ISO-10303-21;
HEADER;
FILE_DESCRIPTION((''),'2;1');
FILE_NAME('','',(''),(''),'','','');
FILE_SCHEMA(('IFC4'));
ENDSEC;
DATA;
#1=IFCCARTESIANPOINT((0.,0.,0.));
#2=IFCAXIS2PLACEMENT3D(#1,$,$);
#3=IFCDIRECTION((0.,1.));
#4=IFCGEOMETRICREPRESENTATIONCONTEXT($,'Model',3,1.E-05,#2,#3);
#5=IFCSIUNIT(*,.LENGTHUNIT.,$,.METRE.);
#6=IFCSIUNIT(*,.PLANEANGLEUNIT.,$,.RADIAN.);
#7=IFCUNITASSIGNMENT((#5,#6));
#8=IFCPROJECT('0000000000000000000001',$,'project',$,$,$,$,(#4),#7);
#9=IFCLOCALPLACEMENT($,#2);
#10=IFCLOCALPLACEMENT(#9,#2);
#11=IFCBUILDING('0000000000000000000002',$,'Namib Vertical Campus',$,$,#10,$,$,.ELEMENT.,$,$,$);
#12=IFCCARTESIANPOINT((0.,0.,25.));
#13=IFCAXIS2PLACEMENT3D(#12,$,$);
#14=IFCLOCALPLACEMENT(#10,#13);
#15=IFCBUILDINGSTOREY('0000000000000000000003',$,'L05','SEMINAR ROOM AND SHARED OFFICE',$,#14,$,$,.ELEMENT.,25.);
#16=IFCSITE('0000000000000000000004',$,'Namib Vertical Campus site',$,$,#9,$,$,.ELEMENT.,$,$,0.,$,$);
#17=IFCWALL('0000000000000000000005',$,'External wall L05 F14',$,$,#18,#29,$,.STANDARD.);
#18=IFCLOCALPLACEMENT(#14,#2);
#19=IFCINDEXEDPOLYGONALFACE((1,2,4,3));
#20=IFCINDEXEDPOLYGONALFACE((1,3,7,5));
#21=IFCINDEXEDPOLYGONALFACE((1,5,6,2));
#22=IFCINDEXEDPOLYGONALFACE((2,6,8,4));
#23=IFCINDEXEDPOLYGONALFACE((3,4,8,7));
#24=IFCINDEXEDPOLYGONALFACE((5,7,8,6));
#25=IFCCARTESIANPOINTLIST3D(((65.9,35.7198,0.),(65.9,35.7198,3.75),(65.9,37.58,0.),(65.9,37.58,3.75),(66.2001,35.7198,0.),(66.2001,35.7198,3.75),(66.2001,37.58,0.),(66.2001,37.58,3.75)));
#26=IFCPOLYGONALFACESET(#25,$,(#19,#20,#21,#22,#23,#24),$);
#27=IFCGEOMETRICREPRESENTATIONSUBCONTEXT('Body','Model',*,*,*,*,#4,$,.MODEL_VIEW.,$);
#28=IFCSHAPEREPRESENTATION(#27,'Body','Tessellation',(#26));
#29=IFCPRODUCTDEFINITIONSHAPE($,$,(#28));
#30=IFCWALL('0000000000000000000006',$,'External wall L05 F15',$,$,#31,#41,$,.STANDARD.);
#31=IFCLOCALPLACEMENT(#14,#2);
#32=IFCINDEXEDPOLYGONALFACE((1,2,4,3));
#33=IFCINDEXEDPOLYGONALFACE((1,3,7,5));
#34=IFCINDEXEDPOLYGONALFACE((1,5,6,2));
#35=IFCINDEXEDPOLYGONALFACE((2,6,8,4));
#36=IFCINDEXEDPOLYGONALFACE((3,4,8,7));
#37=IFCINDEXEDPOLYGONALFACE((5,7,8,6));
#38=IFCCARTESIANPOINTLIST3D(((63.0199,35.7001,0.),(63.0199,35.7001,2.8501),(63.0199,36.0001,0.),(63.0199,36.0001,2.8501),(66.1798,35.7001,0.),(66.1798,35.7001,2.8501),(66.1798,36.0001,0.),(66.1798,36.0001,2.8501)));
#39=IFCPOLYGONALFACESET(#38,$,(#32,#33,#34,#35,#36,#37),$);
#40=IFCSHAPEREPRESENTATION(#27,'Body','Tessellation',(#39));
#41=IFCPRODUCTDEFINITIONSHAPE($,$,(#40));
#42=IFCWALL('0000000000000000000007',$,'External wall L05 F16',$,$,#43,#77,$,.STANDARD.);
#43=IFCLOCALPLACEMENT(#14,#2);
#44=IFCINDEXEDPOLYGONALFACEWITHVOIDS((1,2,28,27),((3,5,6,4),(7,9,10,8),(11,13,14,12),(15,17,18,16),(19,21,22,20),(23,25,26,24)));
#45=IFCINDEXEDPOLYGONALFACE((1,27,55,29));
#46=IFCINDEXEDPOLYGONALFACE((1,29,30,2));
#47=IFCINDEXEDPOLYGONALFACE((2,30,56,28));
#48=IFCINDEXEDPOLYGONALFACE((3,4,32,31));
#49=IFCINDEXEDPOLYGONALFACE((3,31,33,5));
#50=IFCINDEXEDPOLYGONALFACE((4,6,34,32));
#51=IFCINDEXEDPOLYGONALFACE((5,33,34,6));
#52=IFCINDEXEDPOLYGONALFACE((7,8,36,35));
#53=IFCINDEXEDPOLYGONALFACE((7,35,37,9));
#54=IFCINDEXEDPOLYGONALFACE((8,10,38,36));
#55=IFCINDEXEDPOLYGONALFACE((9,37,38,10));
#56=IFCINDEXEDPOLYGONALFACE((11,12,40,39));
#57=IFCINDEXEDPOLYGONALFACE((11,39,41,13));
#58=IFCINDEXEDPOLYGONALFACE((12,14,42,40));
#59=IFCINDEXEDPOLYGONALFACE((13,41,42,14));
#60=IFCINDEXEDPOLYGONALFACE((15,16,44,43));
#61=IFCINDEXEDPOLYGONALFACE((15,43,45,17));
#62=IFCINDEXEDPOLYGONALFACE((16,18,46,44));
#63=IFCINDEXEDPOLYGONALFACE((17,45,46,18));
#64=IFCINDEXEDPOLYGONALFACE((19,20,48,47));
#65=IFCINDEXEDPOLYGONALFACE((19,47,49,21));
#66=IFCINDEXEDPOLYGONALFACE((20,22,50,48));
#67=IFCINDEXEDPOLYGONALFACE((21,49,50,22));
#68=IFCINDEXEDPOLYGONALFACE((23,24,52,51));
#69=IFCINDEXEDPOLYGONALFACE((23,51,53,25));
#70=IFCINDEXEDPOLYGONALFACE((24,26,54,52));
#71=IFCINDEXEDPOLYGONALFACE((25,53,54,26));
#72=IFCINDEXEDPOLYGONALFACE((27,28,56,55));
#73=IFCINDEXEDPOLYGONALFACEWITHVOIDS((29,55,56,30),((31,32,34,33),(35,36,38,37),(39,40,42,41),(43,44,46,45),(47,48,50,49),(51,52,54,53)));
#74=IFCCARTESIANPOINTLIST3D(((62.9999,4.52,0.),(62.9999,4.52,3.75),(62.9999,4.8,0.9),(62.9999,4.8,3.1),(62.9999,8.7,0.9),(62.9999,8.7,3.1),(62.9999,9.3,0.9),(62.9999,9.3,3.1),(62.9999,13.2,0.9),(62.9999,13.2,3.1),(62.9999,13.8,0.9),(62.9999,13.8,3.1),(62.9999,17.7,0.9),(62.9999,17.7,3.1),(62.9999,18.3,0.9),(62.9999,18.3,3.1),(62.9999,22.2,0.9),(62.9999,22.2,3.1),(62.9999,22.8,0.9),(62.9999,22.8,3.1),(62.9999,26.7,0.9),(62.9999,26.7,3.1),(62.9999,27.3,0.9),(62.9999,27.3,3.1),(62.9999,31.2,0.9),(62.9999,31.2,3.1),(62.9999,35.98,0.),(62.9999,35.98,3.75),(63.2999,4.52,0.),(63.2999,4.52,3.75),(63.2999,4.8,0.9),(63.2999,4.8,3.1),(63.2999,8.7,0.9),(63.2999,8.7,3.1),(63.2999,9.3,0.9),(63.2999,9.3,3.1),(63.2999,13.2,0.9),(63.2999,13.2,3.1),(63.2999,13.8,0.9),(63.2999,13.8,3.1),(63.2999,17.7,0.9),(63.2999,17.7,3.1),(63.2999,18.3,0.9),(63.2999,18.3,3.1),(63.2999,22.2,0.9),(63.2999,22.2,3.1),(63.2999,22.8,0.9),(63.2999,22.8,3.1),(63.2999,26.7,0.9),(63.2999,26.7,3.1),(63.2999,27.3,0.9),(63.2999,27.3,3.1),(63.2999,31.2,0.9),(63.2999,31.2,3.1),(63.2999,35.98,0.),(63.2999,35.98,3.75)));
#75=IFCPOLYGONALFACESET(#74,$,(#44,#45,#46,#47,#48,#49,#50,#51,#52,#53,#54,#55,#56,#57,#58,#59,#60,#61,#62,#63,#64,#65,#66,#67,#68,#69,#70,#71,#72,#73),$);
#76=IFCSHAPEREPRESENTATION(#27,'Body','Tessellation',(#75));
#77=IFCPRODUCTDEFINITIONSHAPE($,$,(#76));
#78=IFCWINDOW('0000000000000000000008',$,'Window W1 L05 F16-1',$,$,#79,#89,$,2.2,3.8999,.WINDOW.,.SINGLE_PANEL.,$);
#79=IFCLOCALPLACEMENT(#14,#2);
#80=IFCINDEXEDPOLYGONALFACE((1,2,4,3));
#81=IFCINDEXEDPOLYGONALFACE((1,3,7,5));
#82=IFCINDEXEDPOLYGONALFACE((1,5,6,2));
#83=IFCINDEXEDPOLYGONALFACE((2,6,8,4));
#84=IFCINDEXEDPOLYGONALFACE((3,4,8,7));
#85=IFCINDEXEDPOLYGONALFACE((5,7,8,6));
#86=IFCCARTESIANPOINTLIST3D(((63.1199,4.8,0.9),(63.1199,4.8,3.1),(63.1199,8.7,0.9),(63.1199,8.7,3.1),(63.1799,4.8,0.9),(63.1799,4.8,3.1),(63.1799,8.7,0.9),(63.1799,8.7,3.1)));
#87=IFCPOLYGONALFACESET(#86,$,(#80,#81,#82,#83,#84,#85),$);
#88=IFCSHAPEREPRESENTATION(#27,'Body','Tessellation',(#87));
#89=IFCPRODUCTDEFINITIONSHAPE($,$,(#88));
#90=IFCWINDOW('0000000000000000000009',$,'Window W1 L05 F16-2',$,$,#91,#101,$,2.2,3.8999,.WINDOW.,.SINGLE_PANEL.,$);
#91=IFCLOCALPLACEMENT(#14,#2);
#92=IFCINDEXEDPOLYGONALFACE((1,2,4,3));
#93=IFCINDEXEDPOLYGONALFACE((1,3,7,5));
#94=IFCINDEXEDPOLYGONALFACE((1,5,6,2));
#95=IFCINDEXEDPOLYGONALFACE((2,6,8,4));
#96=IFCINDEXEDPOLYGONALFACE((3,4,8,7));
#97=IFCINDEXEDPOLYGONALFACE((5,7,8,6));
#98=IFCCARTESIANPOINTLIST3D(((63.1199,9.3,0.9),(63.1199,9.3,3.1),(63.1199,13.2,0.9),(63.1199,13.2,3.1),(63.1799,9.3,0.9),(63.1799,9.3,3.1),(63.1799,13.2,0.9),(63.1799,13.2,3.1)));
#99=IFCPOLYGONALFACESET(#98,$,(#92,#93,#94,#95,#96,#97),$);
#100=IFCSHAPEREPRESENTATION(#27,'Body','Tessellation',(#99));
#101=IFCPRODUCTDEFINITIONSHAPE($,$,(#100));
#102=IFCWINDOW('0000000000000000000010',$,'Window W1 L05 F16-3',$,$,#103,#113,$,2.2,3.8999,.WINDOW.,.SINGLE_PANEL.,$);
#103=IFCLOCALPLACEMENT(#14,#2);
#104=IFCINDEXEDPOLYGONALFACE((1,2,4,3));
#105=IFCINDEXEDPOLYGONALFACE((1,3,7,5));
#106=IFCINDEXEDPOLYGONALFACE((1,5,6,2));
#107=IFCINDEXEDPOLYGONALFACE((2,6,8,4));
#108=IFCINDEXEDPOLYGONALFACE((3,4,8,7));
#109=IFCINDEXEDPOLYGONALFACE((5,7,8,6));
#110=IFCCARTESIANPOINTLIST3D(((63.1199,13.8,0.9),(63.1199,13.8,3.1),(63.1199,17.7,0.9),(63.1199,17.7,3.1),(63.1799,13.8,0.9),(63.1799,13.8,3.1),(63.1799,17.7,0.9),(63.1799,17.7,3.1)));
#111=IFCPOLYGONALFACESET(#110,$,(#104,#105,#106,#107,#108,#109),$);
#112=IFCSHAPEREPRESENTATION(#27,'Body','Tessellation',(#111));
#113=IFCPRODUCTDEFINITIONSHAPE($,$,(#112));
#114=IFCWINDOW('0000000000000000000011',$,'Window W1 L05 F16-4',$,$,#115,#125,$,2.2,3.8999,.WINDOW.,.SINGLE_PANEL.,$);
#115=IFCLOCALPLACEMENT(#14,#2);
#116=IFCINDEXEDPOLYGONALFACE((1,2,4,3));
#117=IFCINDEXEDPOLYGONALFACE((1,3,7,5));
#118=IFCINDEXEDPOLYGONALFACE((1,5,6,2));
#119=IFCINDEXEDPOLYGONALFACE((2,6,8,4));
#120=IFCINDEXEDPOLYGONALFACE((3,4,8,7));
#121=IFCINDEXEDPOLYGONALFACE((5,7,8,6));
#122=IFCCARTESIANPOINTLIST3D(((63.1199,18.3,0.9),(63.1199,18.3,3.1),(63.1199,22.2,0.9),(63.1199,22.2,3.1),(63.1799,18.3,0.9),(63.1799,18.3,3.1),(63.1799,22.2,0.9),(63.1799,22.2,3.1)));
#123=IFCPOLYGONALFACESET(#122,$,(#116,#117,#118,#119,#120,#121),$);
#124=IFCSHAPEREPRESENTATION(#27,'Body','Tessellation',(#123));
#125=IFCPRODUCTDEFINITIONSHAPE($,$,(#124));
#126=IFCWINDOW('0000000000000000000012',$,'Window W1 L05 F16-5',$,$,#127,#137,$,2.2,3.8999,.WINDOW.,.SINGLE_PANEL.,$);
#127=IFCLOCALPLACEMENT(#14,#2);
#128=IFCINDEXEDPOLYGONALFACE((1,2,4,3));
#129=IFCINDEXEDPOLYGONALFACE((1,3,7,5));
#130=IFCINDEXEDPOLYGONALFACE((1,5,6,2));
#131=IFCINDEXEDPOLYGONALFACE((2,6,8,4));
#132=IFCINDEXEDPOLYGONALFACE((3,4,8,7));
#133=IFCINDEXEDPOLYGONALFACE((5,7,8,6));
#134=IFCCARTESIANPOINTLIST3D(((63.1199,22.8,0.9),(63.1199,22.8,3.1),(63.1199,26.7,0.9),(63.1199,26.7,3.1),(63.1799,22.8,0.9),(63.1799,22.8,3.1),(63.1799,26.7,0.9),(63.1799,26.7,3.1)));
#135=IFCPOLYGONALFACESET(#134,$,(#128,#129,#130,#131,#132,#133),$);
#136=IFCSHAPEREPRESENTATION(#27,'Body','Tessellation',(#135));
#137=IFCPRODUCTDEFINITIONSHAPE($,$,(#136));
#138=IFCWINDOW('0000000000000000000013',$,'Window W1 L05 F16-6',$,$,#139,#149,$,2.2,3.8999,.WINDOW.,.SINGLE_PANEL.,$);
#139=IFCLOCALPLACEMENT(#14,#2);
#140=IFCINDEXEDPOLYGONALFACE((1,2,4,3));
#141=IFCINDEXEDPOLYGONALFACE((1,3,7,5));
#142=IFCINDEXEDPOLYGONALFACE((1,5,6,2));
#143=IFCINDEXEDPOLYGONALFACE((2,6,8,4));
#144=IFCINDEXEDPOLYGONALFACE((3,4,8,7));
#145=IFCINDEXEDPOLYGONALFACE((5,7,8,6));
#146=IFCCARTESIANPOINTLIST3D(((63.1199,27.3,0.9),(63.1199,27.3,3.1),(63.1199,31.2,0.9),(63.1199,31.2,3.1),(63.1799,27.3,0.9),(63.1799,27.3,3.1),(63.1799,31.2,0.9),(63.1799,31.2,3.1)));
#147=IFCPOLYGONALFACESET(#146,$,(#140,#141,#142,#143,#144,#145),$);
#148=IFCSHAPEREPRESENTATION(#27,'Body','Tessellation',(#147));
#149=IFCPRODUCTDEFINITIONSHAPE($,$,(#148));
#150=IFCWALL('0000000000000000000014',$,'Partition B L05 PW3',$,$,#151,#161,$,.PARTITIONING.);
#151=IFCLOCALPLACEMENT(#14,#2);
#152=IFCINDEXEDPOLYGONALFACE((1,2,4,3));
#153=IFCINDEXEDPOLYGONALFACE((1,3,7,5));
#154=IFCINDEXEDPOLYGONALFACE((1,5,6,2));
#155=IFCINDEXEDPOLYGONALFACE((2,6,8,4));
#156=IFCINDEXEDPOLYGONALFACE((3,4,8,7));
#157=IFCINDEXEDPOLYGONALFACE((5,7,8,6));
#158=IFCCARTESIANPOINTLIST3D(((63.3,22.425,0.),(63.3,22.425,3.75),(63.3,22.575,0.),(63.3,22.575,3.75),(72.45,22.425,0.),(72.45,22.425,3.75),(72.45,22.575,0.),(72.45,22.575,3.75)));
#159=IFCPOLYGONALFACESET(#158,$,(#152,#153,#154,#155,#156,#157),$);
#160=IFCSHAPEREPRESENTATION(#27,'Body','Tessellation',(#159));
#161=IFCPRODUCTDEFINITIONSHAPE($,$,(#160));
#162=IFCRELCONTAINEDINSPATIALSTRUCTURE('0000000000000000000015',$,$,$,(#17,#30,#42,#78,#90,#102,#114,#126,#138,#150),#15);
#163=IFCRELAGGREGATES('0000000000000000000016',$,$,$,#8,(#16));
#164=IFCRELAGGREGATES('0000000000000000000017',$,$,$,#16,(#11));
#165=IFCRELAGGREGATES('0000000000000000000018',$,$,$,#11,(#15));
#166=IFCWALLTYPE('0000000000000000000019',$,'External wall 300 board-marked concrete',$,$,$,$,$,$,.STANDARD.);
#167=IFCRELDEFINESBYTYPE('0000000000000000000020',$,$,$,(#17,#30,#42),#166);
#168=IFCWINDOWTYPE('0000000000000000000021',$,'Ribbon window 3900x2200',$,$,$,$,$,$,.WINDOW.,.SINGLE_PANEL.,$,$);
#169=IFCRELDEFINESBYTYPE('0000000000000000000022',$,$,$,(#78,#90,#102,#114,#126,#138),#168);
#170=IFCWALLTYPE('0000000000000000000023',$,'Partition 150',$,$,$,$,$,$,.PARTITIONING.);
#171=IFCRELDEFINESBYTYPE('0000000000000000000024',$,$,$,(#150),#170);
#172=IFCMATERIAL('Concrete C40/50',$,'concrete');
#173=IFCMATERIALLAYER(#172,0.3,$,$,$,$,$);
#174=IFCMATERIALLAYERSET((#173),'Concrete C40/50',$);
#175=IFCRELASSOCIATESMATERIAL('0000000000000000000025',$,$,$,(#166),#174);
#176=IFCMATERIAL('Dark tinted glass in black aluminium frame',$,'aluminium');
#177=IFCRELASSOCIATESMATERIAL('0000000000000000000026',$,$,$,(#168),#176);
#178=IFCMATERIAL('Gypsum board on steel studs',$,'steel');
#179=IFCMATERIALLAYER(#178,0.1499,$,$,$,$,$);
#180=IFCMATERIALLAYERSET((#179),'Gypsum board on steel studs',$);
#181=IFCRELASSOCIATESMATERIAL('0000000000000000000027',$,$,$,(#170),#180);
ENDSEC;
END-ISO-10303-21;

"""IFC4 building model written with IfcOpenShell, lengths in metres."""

from ifc_helpers import new_model, si_unit, direction, frame, frame_2d, origin, place, context, subcontext, project, spatial, rectangle, extrude, material, layer, layer_set, type_object, element, fill, save


model = new_model("IFC4")

# Units and contexts
model_context = context("Model", 3, precision=1e-05, world=origin(), true_north=direction((0.0, 1.0)))
body_context = subcontext(model_context, "Body", "Model", "MODEL_VIEW")
ifc_project = project(units=[si_unit("LENGTHUNIT", "METRE"), si_unit("PLANEANGLEUNIT", "RADIAN")], contexts=[model_context])

# Site, building, storey
site_placement = place(None, origin())
site = spatial("IfcSite", under=ifc_project, at=site_placement, Name="Namib Vertical Campus site", CompositionType="ELEMENT", RefElevation=0.0)
building_placement = place(site_placement, origin())
building = spatial("IfcBuilding", under=site, at=building_placement, Name="Namib Vertical Campus", CompositionType="ELEMENT")
storey_placement = place(building_placement, frame((0.0, 0.0, 25.0)))
storey = spatial("IfcBuildingStorey", under=building, at=storey_placement, Name="L05", Description="SEMINAR ROOM AND SHARED OFFICE", CompositionType="ELEMENT", Elevation=25.0)

# Walls
ifc_material_1 = material(Name="Concrete C40/50", Category="concrete")
ifc_layer_1 = layer(ifc_material_1, 0.3)
ifc_layer_set_1 = layer_set([ifc_layer_1], Name="Concrete C40/50")
wall_type_1 = type_object("IfcWallType", Name="External wall 300 board-marked concrete", PredefinedType="STANDARD", material=ifc_layer_set_1)
wall_1_placement = place(storey_placement, frame((66.05, 37.5801, 0.0), z_axis=(0.0, 0.0, 1.0), x_axis=(0.0, -1.0, 0.0)))
element("IfcWall", 1, at=wall_1_placement, inside=storey, type_object=wall_type_1, Name="External wall L05 F14", PredefinedType="STANDARD", context=body_context, shape_type="SweptSolid", body=[
    extrude(rectangle(XDim=1.8601, YDim=0.3, at=frame_2d((0.9302, 0.0))), origin(), (0.0, 0.0, 1.0), 3.75),
])
wall_2_placement = place(storey_placement, frame((66.1799, 35.8501, 0.0), z_axis=(0.0, 0.0, 1.0), x_axis=(-1.0, 0.0, 0.0)))
element("IfcWall", 2, at=wall_2_placement, inside=storey, type_object=wall_type_1, Name="External wall L05 F15", PredefinedType="STANDARD", context=body_context, shape_type="SweptSolid", body=[
    extrude(rectangle(XDim=3.1599, YDim=0.3, at=frame_2d((1.5801, 0.0))), origin(), (0.0, 0.0, 1.0), 2.8501),
])

# Wall, openings, windows
wall_3_placement = place(storey_placement, frame((63.1499, 35.98, 0.0), z_axis=(0.0, 0.0, 1.0), x_axis=(0.0, -1.0, 0.0)))
wall_3 = element("IfcWall", 3, at=wall_3_placement, inside=storey, type_object=wall_type_1, Name="External wall L05 F16", PredefinedType="STANDARD", context=body_context, shape_type="SweptSolid", body=[
    extrude(rectangle(XDim=31.46, YDim=0.3, at=frame_2d((15.73, 0.0))), origin(), (0.0, 0.0, 1.0), 3.75),
])
opening_1_placement = place(wall_3_placement, frame((27.28, 0.0, 0.8999)))
opening_1 = element("IfcOpeningElement", 4, at=opening_1_placement, cuts=wall_3, PredefinedType="OPENING", context=body_context, shape_type="SweptSolid", body=[
    extrude(rectangle(XDim=3.8999, YDim=2.2, at=frame_2d((1.95, 1.1001))), frame((0.0, 0.1599, 0.0), z_axis=(0.0, -1.0, 0.0), x_axis=(1.0, 0.0, 0.0)), (0.0, 0.0, 1.0), 0.3201),
])
opening_2_placement = place(wall_3_placement, frame((22.78, 0.0, 0.8999)))
opening_2 = element("IfcOpeningElement", 5, at=opening_2_placement, cuts=wall_3, PredefinedType="OPENING", context=body_context, shape_type="SweptSolid", body=[
    extrude(rectangle(XDim=3.8999, YDim=2.2, at=frame_2d((1.95, 1.1001))), frame((0.0, 0.1599, 0.0), z_axis=(0.0, -1.0, 0.0), x_axis=(1.0, 0.0, 0.0)), (0.0, 0.0, 1.0), 0.3201),
])
opening_3_placement = place(wall_3_placement, frame((18.28, 0.0, 0.8999)))
opening_3 = element("IfcOpeningElement", 6, at=opening_3_placement, cuts=wall_3, PredefinedType="OPENING", context=body_context, shape_type="SweptSolid", body=[
    extrude(rectangle(XDim=3.8999, YDim=2.2, at=frame_2d((1.95, 1.1001))), frame((0.0, 0.1599, 0.0), z_axis=(0.0, -1.0, 0.0), x_axis=(1.0, 0.0, 0.0)), (0.0, 0.0, 1.0), 0.3201),
])
opening_4_placement = place(wall_3_placement, frame((13.78, 0.0, 0.8999)))
opening_4 = element("IfcOpeningElement", 7, at=opening_4_placement, cuts=wall_3, PredefinedType="OPENING", context=body_context, shape_type="SweptSolid", body=[
    extrude(rectangle(XDim=3.8999, YDim=2.2, at=frame_2d((1.95, 1.1001))), frame((0.0, 0.1599, 0.0), z_axis=(0.0, -1.0, 0.0), x_axis=(1.0, 0.0, 0.0)), (0.0, 0.0, 1.0), 0.3201),
])
opening_5_placement = place(wall_3_placement, frame((9.28, 0.0, 0.8999)))
opening_5 = element("IfcOpeningElement", 8, at=opening_5_placement, cuts=wall_3, PredefinedType="OPENING", context=body_context, shape_type="SweptSolid", body=[
    extrude(rectangle(XDim=3.8999, YDim=2.2, at=frame_2d((1.95, 1.1001))), frame((0.0, 0.1599, 0.0), z_axis=(0.0, -1.0, 0.0), x_axis=(1.0, 0.0, 0.0)), (0.0, 0.0, 1.0), 0.3201),
])
opening_6_placement = place(wall_3_placement, frame((4.78, 0.0, 0.8999)))
opening_6 = element("IfcOpeningElement", 9, at=opening_6_placement, cuts=wall_3, PredefinedType="OPENING", context=body_context, shape_type="SweptSolid", body=[
    extrude(rectangle(XDim=3.8999, YDim=2.2, at=frame_2d((1.95, 1.1001))), frame((0.0, 0.1599, 0.0), z_axis=(0.0, -1.0, 0.0), x_axis=(1.0, 0.0, 0.0)), (0.0, 0.0, 1.0), 0.3201),
])
ifc_material_2 = material(Name="Dark tinted glass in black aluminium frame", Category="aluminium")
window_type = type_object("IfcWindowType", Name="Ribbon window 3900x2200", PartitioningType="SINGLE_PANEL", PredefinedType="WINDOW", material=ifc_material_2)
window_1_placement = place(opening_1_placement, origin())
window_1 = element("IfcWindow", 10, at=window_1_placement, inside=storey, type_object=window_type, Name="Window W1 L05 F16-1", OverallHeight=2.2, OverallWidth=3.8999, PartitioningType="SINGLE_PANEL", PredefinedType="WINDOW", context=body_context, shape_type="SweptSolid", body=[
    extrude(rectangle(XDim=3.8999, YDim=2.2, at=frame_2d((1.95, 1.1001))), frame((0.0, 0.03, 0.0), z_axis=(0.0, -1.0, 0.0), x_axis=(1.0, 0.0, 0.0)), (0.0, 0.0, 1.0), 0.0601),
])
fill(opening_1, window_1)
window_2_placement = place(opening_2_placement, origin())
window_2 = element("IfcWindow", 11, at=window_2_placement, inside=storey, type_object=window_type, Name="Window W1 L05 F16-2", OverallHeight=2.2, OverallWidth=3.8999, PartitioningType="SINGLE_PANEL", PredefinedType="WINDOW", context=body_context, shape_type="SweptSolid", body=[
    extrude(rectangle(XDim=3.8999, YDim=2.2, at=frame_2d((1.95, 1.1001))), frame((0.0, 0.03, 0.0), z_axis=(0.0, -1.0, 0.0), x_axis=(1.0, 0.0, 0.0)), (0.0, 0.0, 1.0), 0.0601),
])
fill(opening_2, window_2)
window_3_placement = place(opening_3_placement, origin())
window_3 = element("IfcWindow", 12, at=window_3_placement, inside=storey, type_object=window_type, Name="Window W1 L05 F16-3", OverallHeight=2.2, OverallWidth=3.8999, PartitioningType="SINGLE_PANEL", PredefinedType="WINDOW", context=body_context, shape_type="SweptSolid", body=[
    extrude(rectangle(XDim=3.8999, YDim=2.2, at=frame_2d((1.95, 1.1001))), frame((0.0, 0.03, 0.0), z_axis=(0.0, -1.0, 0.0), x_axis=(1.0, 0.0, 0.0)), (0.0, 0.0, 1.0), 0.0601),
])
fill(opening_3, window_3)
window_4_placement = place(opening_4_placement, origin())
window_4 = element("IfcWindow", 13, at=window_4_placement, inside=storey, type_object=window_type, Name="Window W1 L05 F16-4", OverallHeight=2.2, OverallWidth=3.8999, PartitioningType="SINGLE_PANEL", PredefinedType="WINDOW", context=body_context, shape_type="SweptSolid", body=[
    extrude(rectangle(XDim=3.8999, YDim=2.2, at=frame_2d((1.95, 1.1001))), frame((0.0, 0.03, 0.0), z_axis=(0.0, -1.0, 0.0), x_axis=(1.0, 0.0, 0.0)), (0.0, 0.0, 1.0), 0.0601),
])
fill(opening_4, window_4)
window_5_placement = place(opening_5_placement, origin())
window_5 = element("IfcWindow", 14, at=window_5_placement, inside=storey, type_object=window_type, Name="Window W1 L05 F16-5", OverallHeight=2.2, OverallWidth=3.8999, PartitioningType="SINGLE_PANEL", PredefinedType="WINDOW", context=body_context, shape_type="SweptSolid", body=[
    extrude(rectangle(XDim=3.8999, YDim=2.2, at=frame_2d((1.95, 1.1001))), frame((0.0, 0.03, 0.0), z_axis=(0.0, -1.0, 0.0), x_axis=(1.0, 0.0, 0.0)), (0.0, 0.0, 1.0), 0.0601),
])
fill(opening_5, window_5)
window_6_placement = place(opening_6_placement, origin())
window_6 = element("IfcWindow", 15, at=window_6_placement, inside=storey, type_object=window_type, Name="Window W1 L05 F16-6", OverallHeight=2.2, OverallWidth=3.8999, PartitioningType="SINGLE_PANEL", PredefinedType="WINDOW", context=body_context, shape_type="SweptSolid", body=[
    extrude(rectangle(XDim=3.8999, YDim=2.2, at=frame_2d((1.95, 1.1001))), frame((0.0, 0.03, 0.0), z_axis=(0.0, -1.0, 0.0), x_axis=(1.0, 0.0, 0.0)), (0.0, 0.0, 1.0), 0.0601),
])
fill(opening_6, window_6)

# Wall
ifc_material_3 = material(Name="Gypsum board on steel studs", Category="steel")
ifc_layer_2 = layer(ifc_material_3, 0.1499)
ifc_layer_set_2 = layer_set([ifc_layer_2], Name="Gypsum board on steel studs")
wall_type_2 = type_object("IfcWallType", Name="Partition 150", PredefinedType="PARTITIONING", material=ifc_layer_set_2)
for number, where, z_axis, x_axis, name in (
    (16, (63.3, 22.5, 0.0), (0.0, 0.0, 1.0), (1.0, 0.0, 0.0), "Partition B L05 PW3"),
):
    element("IfcWall", number, at=place(storey_placement, frame(where, z_axis=z_axis, x_axis=x_axis)), inside=storey, type_object=wall_type_2, Name=name, PredefinedType="PARTITIONING", context=body_context, shape_type="SweptSolid", body=[
        extrude(rectangle(XDim=9.1499, YDim=0.1499, at=frame_2d((4.575, 0.0))), origin(), (0.0, 0.0, 1.0), 3.75),
    ])

save(model, "model.ifc")
